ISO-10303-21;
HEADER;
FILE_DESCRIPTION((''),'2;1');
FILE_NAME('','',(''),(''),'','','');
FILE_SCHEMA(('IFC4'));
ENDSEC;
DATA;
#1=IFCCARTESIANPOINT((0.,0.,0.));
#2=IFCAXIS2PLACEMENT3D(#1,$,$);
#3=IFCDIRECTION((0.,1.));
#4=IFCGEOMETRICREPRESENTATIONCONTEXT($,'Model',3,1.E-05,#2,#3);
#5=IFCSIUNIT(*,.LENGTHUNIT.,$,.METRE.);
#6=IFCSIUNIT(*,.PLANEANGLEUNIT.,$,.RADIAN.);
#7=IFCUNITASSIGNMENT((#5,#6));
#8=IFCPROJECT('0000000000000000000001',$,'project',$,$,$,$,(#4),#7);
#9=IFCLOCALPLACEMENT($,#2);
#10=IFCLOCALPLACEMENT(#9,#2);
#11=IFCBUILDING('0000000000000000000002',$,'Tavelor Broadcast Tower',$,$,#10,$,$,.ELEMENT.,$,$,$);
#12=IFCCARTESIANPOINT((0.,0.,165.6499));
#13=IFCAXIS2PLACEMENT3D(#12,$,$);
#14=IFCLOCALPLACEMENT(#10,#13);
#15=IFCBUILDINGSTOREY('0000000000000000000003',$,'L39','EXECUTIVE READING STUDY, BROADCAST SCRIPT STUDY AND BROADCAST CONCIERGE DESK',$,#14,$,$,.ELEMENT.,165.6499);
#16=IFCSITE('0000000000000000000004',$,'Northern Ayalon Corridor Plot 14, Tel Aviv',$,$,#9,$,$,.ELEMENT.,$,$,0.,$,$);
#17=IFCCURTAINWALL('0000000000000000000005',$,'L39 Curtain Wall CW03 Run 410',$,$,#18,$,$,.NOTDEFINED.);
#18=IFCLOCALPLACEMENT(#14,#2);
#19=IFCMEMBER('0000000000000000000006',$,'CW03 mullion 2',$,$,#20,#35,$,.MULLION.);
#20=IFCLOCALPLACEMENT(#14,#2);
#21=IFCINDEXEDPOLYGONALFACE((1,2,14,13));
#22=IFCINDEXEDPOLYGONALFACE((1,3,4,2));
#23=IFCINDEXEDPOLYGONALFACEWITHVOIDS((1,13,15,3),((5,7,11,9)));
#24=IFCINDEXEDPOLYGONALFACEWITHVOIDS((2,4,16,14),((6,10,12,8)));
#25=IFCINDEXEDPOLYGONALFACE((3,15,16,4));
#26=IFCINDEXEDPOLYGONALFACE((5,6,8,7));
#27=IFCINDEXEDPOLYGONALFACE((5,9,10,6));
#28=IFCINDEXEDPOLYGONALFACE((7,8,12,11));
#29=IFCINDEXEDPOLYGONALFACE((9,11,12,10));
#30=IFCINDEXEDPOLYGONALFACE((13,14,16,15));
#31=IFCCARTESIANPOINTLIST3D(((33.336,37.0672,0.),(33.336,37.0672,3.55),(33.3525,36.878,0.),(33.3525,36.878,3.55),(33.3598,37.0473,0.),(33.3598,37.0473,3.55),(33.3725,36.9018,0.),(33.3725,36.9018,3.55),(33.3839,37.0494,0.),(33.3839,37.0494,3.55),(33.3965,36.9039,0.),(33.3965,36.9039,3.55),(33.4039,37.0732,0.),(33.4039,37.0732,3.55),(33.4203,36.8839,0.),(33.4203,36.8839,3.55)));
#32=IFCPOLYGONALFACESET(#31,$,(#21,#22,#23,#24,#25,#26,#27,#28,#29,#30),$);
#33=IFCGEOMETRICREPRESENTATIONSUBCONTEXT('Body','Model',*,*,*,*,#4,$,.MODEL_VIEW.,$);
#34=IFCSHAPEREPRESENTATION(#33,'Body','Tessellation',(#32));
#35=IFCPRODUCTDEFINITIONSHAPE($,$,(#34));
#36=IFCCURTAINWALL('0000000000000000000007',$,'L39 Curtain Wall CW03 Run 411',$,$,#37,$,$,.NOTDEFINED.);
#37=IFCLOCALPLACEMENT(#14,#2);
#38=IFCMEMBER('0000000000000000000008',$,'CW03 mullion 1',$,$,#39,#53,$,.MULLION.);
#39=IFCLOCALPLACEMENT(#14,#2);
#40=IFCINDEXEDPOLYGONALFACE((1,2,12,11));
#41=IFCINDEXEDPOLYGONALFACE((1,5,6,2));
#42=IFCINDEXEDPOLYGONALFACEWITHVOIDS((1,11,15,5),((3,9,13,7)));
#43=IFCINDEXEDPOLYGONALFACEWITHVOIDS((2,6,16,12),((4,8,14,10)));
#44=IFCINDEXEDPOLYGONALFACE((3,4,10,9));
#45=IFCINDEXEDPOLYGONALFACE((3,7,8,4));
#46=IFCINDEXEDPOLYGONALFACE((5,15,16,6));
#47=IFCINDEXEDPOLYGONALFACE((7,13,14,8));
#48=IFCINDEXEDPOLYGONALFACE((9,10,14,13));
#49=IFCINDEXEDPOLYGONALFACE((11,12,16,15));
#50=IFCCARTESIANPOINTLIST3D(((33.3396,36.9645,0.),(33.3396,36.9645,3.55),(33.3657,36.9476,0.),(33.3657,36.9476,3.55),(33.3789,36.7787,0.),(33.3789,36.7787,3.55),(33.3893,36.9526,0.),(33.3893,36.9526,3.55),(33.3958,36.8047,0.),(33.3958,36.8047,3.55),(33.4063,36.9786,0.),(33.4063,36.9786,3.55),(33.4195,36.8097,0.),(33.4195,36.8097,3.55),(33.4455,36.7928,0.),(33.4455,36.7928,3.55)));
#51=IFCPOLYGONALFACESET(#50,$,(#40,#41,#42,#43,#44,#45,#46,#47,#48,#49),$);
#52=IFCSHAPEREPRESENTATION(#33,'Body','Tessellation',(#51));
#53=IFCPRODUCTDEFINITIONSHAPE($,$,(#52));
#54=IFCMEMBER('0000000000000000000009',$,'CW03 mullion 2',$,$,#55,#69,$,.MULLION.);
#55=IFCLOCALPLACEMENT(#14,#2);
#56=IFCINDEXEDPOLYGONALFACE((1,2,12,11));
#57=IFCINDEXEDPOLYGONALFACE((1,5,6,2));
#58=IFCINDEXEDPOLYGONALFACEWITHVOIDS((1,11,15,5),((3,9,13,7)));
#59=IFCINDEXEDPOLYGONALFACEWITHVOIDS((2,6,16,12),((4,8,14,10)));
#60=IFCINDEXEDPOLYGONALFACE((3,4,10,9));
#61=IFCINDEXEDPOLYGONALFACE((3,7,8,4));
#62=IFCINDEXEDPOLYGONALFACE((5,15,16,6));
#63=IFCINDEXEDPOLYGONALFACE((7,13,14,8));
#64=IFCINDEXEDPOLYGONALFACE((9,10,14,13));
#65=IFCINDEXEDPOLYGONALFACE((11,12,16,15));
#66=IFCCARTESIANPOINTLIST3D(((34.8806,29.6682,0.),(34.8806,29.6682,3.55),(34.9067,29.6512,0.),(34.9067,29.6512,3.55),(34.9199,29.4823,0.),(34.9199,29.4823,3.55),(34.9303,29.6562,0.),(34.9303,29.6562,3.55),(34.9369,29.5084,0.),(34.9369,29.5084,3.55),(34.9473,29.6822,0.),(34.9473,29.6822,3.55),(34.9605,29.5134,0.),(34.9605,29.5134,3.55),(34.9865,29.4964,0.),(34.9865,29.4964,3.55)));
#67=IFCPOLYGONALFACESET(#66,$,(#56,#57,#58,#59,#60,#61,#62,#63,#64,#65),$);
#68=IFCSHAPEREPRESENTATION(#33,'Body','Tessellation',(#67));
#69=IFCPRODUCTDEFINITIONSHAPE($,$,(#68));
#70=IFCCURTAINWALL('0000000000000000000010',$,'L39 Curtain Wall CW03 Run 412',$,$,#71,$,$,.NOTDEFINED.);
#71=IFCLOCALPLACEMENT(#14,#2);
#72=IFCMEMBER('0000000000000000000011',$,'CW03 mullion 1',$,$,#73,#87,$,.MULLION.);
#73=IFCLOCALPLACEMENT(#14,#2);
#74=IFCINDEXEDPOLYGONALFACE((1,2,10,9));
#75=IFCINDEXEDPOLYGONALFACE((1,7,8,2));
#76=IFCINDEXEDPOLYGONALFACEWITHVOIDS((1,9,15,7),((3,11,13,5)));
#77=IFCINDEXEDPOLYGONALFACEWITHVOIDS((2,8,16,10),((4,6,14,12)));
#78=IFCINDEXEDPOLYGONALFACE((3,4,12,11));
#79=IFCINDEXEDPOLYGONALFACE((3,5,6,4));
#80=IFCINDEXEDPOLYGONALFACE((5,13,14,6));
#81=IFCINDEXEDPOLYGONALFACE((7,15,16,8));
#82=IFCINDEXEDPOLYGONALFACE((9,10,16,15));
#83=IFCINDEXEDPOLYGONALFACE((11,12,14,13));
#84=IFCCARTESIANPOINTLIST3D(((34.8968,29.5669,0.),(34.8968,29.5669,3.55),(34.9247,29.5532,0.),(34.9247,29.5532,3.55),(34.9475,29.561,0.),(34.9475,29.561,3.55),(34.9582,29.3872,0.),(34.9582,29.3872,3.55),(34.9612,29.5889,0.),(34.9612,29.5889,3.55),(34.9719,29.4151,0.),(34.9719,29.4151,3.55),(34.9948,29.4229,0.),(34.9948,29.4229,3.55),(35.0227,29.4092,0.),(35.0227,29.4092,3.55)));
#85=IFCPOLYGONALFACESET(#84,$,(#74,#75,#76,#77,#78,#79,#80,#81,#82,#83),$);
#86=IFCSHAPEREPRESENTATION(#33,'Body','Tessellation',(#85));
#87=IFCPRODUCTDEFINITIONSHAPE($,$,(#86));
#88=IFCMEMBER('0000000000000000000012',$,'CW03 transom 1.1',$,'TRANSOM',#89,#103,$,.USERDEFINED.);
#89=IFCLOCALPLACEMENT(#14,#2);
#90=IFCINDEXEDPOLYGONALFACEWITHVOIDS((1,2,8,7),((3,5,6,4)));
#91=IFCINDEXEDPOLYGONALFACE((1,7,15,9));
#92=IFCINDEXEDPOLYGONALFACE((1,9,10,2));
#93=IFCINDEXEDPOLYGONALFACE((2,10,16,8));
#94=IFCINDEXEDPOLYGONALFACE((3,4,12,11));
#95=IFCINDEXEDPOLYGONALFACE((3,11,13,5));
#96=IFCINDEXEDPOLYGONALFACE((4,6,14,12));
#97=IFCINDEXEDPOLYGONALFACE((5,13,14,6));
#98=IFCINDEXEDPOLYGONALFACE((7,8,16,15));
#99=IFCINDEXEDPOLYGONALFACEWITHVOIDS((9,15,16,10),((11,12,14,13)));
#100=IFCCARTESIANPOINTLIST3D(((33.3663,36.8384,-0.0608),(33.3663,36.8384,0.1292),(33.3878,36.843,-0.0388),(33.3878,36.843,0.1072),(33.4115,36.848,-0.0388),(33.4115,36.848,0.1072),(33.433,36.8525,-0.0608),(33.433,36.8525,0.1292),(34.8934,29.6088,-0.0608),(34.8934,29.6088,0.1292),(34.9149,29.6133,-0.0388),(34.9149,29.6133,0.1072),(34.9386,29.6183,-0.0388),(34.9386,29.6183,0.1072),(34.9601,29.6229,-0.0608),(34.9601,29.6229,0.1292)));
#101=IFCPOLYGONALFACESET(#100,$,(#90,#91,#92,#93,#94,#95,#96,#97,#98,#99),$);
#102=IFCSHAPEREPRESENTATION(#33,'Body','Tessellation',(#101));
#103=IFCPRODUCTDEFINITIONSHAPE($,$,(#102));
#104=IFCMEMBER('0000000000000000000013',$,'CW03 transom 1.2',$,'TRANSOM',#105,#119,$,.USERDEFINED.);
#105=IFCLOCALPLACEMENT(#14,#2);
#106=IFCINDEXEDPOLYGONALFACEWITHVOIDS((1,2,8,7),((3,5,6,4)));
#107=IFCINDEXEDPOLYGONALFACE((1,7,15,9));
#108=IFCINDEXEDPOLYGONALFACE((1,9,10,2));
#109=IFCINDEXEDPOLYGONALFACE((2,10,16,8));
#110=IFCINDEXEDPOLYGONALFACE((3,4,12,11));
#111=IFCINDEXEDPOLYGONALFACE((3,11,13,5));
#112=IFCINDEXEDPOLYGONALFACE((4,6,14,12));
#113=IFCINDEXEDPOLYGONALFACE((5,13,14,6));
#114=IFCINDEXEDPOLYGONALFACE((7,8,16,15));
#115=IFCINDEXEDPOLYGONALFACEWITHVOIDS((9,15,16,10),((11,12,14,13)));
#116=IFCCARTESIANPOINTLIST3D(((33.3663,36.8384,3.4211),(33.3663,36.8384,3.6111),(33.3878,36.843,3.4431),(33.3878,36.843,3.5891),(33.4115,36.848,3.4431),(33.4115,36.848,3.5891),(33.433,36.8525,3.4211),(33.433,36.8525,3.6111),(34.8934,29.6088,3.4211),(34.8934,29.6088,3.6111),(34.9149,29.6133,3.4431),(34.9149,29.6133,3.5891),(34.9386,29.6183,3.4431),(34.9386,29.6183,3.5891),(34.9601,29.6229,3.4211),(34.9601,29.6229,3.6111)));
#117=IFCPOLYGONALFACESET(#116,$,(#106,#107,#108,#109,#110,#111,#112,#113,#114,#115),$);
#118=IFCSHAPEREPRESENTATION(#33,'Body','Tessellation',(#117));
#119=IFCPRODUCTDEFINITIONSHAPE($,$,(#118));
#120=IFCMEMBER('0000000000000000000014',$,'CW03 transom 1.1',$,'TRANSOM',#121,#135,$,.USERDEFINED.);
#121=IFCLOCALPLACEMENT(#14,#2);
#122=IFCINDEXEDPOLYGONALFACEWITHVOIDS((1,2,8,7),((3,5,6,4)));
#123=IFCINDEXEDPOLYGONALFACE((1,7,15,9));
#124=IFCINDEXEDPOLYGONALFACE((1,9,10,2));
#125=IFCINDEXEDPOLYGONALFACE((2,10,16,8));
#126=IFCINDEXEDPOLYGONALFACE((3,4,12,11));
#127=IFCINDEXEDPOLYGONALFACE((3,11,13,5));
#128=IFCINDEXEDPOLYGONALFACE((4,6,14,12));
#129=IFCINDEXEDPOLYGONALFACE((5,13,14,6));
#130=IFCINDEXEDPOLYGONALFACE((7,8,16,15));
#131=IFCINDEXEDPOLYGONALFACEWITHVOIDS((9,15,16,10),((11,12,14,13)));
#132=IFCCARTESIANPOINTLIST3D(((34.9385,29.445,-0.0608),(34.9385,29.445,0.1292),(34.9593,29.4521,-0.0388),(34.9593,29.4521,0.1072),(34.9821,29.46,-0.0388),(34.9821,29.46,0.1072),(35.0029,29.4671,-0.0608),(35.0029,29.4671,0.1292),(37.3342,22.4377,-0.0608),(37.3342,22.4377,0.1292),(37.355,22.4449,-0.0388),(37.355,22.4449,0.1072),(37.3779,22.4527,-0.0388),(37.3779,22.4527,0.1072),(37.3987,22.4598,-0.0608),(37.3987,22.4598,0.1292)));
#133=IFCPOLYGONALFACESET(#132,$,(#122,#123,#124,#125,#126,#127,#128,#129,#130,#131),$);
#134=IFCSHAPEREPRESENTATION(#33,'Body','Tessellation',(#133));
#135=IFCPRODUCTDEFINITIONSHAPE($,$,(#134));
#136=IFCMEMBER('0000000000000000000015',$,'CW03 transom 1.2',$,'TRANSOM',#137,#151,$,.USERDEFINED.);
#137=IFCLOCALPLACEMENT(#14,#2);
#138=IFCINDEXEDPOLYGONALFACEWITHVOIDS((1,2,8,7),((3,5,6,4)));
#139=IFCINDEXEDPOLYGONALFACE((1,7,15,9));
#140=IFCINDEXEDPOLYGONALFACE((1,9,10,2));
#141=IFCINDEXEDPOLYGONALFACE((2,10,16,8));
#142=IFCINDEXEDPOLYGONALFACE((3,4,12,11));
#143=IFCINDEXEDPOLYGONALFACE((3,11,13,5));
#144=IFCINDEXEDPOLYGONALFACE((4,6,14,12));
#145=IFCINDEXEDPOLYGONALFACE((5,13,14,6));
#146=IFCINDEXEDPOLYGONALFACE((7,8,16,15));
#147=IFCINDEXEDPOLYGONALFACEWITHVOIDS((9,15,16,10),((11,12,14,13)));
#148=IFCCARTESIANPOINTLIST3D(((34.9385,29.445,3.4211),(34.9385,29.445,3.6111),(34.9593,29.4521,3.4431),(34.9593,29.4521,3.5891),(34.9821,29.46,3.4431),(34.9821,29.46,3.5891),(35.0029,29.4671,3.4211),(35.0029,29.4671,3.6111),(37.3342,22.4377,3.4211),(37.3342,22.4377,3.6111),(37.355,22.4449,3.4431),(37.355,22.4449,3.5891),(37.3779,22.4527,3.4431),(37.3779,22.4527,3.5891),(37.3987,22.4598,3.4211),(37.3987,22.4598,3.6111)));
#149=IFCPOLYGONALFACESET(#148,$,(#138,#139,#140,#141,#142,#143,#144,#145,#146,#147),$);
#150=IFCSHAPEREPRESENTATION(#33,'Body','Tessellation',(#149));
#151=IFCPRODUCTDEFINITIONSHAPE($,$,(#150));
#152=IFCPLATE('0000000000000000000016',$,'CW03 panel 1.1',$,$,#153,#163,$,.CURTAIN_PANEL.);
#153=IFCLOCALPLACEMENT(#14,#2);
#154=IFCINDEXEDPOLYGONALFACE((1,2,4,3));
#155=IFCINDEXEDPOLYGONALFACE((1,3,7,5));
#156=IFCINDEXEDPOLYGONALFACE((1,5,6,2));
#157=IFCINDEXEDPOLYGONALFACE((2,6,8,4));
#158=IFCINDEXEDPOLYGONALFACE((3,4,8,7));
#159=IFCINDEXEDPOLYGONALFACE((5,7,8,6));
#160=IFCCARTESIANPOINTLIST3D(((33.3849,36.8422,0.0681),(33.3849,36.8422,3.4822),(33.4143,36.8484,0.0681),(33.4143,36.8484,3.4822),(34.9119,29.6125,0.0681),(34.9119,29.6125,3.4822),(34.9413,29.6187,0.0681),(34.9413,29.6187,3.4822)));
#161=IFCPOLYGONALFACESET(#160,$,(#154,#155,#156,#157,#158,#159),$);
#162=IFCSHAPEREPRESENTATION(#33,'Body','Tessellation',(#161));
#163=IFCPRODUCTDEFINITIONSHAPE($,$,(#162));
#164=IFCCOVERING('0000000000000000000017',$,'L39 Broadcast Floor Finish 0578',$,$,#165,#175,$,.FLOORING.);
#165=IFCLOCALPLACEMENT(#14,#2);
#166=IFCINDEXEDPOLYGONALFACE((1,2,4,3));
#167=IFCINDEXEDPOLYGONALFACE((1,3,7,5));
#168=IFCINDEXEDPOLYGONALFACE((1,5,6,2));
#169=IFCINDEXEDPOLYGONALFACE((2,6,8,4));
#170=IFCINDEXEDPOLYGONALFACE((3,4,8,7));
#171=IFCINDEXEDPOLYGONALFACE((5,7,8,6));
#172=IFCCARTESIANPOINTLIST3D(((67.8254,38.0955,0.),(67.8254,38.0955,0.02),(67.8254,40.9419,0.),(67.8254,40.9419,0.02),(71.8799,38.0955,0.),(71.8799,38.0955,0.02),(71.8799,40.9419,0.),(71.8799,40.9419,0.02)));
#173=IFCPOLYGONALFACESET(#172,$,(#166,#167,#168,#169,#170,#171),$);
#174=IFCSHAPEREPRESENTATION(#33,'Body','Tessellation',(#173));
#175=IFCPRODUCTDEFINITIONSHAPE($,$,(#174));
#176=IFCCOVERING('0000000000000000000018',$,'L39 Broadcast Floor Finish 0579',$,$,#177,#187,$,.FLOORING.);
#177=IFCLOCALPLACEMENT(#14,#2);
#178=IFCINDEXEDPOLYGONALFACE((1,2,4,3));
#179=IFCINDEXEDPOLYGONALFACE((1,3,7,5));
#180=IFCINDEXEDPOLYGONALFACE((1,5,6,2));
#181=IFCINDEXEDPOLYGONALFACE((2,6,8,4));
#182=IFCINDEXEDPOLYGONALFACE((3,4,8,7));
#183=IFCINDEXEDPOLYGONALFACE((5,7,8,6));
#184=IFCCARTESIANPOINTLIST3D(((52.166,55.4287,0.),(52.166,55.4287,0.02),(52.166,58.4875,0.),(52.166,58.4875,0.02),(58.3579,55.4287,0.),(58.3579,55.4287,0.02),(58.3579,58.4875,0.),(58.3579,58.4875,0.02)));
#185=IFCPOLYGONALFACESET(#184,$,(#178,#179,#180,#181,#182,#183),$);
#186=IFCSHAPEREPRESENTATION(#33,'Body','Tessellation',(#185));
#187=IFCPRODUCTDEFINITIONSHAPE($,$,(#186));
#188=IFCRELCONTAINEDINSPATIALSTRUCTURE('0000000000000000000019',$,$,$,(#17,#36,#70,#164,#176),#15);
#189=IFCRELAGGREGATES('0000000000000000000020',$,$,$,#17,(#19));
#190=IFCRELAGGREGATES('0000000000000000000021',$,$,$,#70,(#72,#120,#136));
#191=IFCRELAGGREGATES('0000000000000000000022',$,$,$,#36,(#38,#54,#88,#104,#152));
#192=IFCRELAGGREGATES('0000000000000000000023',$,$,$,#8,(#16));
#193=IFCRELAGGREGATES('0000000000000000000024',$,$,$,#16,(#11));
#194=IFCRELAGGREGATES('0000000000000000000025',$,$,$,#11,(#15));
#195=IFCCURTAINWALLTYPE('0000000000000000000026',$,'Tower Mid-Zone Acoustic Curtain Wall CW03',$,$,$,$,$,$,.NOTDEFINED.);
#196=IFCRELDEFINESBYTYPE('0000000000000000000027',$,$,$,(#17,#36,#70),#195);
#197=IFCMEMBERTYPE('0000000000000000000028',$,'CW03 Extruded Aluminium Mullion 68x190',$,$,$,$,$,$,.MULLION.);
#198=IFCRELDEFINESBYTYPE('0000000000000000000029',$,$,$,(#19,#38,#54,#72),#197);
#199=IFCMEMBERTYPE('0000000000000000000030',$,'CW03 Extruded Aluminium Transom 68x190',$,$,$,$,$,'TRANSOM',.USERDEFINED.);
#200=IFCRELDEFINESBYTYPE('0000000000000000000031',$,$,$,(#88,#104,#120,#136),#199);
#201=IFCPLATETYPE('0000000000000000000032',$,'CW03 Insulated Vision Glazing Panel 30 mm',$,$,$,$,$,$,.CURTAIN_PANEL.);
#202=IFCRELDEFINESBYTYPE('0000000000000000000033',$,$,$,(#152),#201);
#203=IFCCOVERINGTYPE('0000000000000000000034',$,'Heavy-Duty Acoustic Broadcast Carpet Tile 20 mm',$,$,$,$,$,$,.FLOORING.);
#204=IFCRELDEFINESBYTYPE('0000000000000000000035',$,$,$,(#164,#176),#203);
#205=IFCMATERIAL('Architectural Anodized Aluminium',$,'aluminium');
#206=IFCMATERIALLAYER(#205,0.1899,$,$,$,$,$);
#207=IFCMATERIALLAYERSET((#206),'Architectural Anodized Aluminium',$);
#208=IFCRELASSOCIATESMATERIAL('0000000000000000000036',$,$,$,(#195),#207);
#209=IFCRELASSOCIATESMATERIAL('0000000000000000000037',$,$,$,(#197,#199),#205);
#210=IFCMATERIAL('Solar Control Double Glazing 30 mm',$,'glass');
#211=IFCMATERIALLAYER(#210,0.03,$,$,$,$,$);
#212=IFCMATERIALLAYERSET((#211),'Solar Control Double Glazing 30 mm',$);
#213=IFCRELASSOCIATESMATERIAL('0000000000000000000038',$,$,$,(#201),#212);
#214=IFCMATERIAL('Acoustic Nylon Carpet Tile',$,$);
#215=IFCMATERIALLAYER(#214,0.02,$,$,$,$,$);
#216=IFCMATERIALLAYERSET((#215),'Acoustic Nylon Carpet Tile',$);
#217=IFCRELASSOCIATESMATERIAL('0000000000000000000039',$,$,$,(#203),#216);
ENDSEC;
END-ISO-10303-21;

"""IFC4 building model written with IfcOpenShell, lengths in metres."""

from ifc_helpers import new_model, si_unit, direction, frame, origin, origin_2d, place, context, subcontext, project, spatial, polyline, rectangle, hollow_rectangle, outline, extrude, source, transform, mapped, material, layer, layer_set, material_profile, profile_set, type_object, type_shapes, element, aggregate, save


model = new_model("IFC4")

# Units and contexts
model_context = context("Model", 3, precision=1e-05, world=origin(), true_north=direction((0.0, 1.0)))
body_context = subcontext(model_context, "Body", "Model", "MODEL_VIEW")
ifc_project = project(units=[si_unit("LENGTHUNIT", "METRE"), si_unit("PLANEANGLEUNIT", "RADIAN")], contexts=[model_context])

# Site, building, storey
site_placement = place(None, origin())
site = spatial("IfcSite", under=ifc_project, at=site_placement, Name="Northern Ayalon Corridor Plot 14, Tel Aviv", CompositionType="ELEMENT", RefElevation=0.0)
building_placement = place(site_placement, origin())
building = spatial("IfcBuilding", under=site, at=building_placement, Name="Tavelor Broadcast Tower", CompositionType="ELEMENT")
storey_placement = place(building_placement, frame((0.0, 0.0, 165.6499)))
storey = spatial("IfcBuildingStorey", under=building, at=storey_placement, Name="L39", Description="EXECUTIVE READING STUDY, BROADCAST SCRIPT STUDY AND BROADCAST CONCIERGE DESK", CompositionType="ELEMENT", Elevation=165.6499)

# Curtain wall, member
ifc_material_1 = material(Name="Architectural Anodized Aluminium", Category="aluminium")
ifc_layer_1 = layer(ifc_material_1, 0.1899)
ifc_layer_set_1 = layer_set([ifc_layer_1], Name="Architectural Anodized Aluminium")
curtain_wall_type = type_object("IfcCurtainWallType", Name="Tower Mid-Zone Acoustic Curtain Wall CW03", PredefinedType="NOTDEFINED", material=ifc_layer_set_1)
curtain_wall_1_placement = place(storey_placement, origin())
curtain_wall_1 = element("IfcCurtainWall", 1, at=curtain_wall_1_placement, inside=storey, type_object=curtain_wall_type, Name="L39 Curtain Wall CW03 Run 410", PredefinedType="NOTDEFINED")
ifc_material_profile_1 = material_profile(ifc_material_1, hollow_rectangle(XDim=0.0681, YDim=0.1899, WallThickness=0.022, at=origin_2d()), Name="RHS 68x190x22")
ifc_profile_set_1 = profile_set([ifc_material_profile_1], Name="Architectural Anodized Aluminium")
member_type_1 = type_object("IfcMemberType", Name="CW03 Extruded Aluminium Mullion 68x190", PredefinedType="MULLION", material=ifc_profile_set_1)
shared_shape_1 = source(origin(), body_context, "Body", "SweptSolid", [
    extrude(hollow_rectangle(XDim=0.0681, YDim=0.1899, WallThickness=0.022, at=origin_2d()), origin(), (0.0, 0.0, 1.0), 3.55),
])
type_shapes(member_type_1, [shared_shape_1])
member_1_placement = place(storey_placement, frame((33.3782, 36.9756, 0.0), z_axis=(0.0, 0.0, 1.0), x_axis=(0.996233, 0.086721, 0.0)))
member_1 = element("IfcMember", 2, at=member_1_placement, type_object=member_type_1, Name="CW03 mullion 2", PredefinedType="MULLION", context=body_context, shape_type="MappedRepresentation", body=[
    mapped(shared_shape_1, transform((0.0, 0.0, 0.0), scale=1.0)),
])
aggregate(curtain_wall_1, [member_1])

# Curtain wall, members
curtain_wall_2_placement = place(storey_placement, origin())
curtain_wall_2 = element("IfcCurtainWall", 3, at=curtain_wall_2_placement, inside=storey, type_object=curtain_wall_type, Name="L39 Curtain Wall CW03 Run 411", PredefinedType="NOTDEFINED")
member_2_placement = place(storey_placement, frame((33.3926, 36.8787, 0.0), z_axis=(0.0, 0.0, 1.0), x_axis=(0.978415, 0.206651, 0.0)))
member_2 = element("IfcMember", 4, at=member_2_placement, type_object=member_type_1, Name="CW03 mullion 1", PredefinedType="MULLION", context=body_context, shape_type="MappedRepresentation", body=[
    mapped(shared_shape_1, transform((0.0, 0.0, 0.0), scale=1.0)),
])
member_3_placement = place(storey_placement, frame((34.9336, 29.5823, 0.0), z_axis=(0.0, 0.0, 1.0), x_axis=(0.978415, 0.206651, 0.0)))
member_3 = element("IfcMember", 5, at=member_3_placement, type_object=member_type_1, Name="CW03 mullion 2", PredefinedType="MULLION", context=body_context, shape_type="MappedRepresentation", body=[
    mapped(shared_shape_1, transform((0.0, 0.0, 0.0), scale=1.0)),
])

# Curtain wall, member
curtain_wall_3_placement = place(storey_placement, origin())
curtain_wall_3 = element("IfcCurtainWall", 6, at=curtain_wall_3_placement, inside=storey, type_object=curtain_wall_type, Name="L39 Curtain Wall CW03 Run 412", PredefinedType="NOTDEFINED")
member_4_placement = place(storey_placement, frame((34.9597, 29.488, 0.0), z_axis=(0.0, 0.0, 1.0), x_axis=(0.946225, 0.32351, 0.0)))
member_4 = element("IfcMember", 7, at=member_4_placement, type_object=member_type_1, Name="CW03 mullion 1", PredefinedType="MULLION", context=body_context, shape_type="MappedRepresentation", body=[
    mapped(shared_shape_1, transform((0.0, 0.0, 0.0), scale=1.0)),
])

# Members
ifc_material_profile_2 = material_profile(ifc_material_1, hollow_rectangle(XDim=0.0681, YDim=0.1899, WallThickness=0.022, at=origin_2d()), Name="RHS 68x190x22")
ifc_profile_set_2 = profile_set([ifc_material_profile_2], Name="Architectural Anodized Aluminium")
member_type_2 = type_object("IfcMemberType", Name="CW03 Extruded Aluminium Transom 68x190", ElementType="TRANSOM", PredefinedType="USERDEFINED", material=ifc_profile_set_2)
shared_shape_2 = source(origin(), body_context, "Body", "SweptSolid", [
    extrude(hollow_rectangle(XDim=0.0681, YDim=0.1899, WallThickness=0.022, at=origin_2d()), origin(), (0.0, 0.0, 1.0), 7.3892),
])
member_5_placement = place(storey_placement, frame((33.3997, 36.8455, 0.0342), z_axis=(0.206665, -0.978412, 0.0), x_axis=(0.978412, 0.206665, 0.0)))
member_5 = element("IfcMember", 8, at=member_5_placement, type_object=member_type_2, Name="CW03 transom 1.1", ObjectType="TRANSOM", PredefinedType="USERDEFINED", context=body_context, shape_type="MappedRepresentation", body=[
    mapped(shared_shape_2, transform((0.0, 0.0, 0.0), scale=1.0)),
])
member_6_placement = place(storey_placement, frame((33.3997, 36.8455, 3.5161), z_axis=(0.206665, -0.978412, 0.0), x_axis=(0.978412, 0.206665, 0.0)))
member_6 = element("IfcMember", 9, at=member_6_placement, type_object=member_type_2, Name="CW03 transom 1.2", ObjectType="TRANSOM", PredefinedType="USERDEFINED", context=body_context, shape_type="MappedRepresentation", body=[
    mapped(shared_shape_2, transform((0.0, 0.0, 0.0), scale=1.0)),
])
shared_shape_3 = source(origin(), body_context, "Body", "SweptSolid", [
    extrude(hollow_rectangle(XDim=0.0681, YDim=0.1899, WallThickness=0.022, at=origin_2d()), origin(), (0.0, 0.0, 1.0), 7.4055),
])
type_shapes(member_type_2, [shared_shape_2, shared_shape_3])
member_7_placement = place(storey_placement, frame((34.9707, 29.4561, 0.0342), z_axis=(0.323507, -0.946226, 0.0), x_axis=(0.946226, 0.323507, 0.0)))
member_7 = element("IfcMember", 10, at=member_7_placement, type_object=member_type_2, Name="CW03 transom 1.1", ObjectType="TRANSOM", PredefinedType="USERDEFINED", context=body_context, shape_type="MappedRepresentation", body=[
    mapped(shared_shape_3, transform((0.0, 0.0, 0.0), scale=1.0)),
])
member_8_placement = place(storey_placement, frame((34.9707, 29.4561, 3.5161), z_axis=(0.323507, -0.946226, 0.0), x_axis=(0.946226, 0.323507, 0.0)))
member_8 = element("IfcMember", 11, at=member_8_placement, type_object=member_type_2, Name="CW03 transom 1.2", ObjectType="TRANSOM", PredefinedType="USERDEFINED", context=body_context, shape_type="MappedRepresentation", body=[
    mapped(shared_shape_3, transform((0.0, 0.0, 0.0), scale=1.0)),
])
aggregate(curtain_wall_3, [member_4, member_7, member_8])

# Plate
ifc_material_2 = material(Name="Solar Control Double Glazing 30 mm", Category="glass")
ifc_layer_2 = layer(ifc_material_2, 0.03)
ifc_layer_set_2 = layer_set([ifc_layer_2], Name="Solar Control Double Glazing 30 mm")
plate_type = type_object("IfcPlateType", Name="CW03 Insulated Vision Glazing Panel 30 mm", PredefinedType="CURTAIN_PANEL", material=ifc_layer_set_2)
shared_shape_4 = source(origin(), body_context, "Body", "SweptSolid", [
    extrude(rectangle(XDim=7.3892, YDim=0.03, at=origin_2d()), origin(), (0.0, 0.0, 1.0), 3.4141),
])
type_shapes(plate_type, [shared_shape_4])
plate_placement = place(storey_placement, frame((34.1631, 33.2305, 0.0681), z_axis=(0.0, 0.0, 1.0), x_axis=(0.206651, -0.978415, 0.0)))
plate = element("IfcPlate", 12, at=plate_placement, type_object=plate_type, Name="CW03 panel 1.1", PredefinedType="CURTAIN_PANEL", context=body_context, shape_type="MappedRepresentation", body=[
    mapped(shared_shape_4, transform((0.0, 0.0, 0.0), scale=1.0)),
])
aggregate(curtain_wall_2, [member_2, member_3, member_5, member_6, plate])

# Coverings
ifc_material_3 = material(Name="Acoustic Nylon Carpet Tile")
ifc_layer_3 = layer(ifc_material_3, 0.02)
ifc_layer_set_3 = layer_set([ifc_layer_3], Name="Acoustic Nylon Carpet Tile")
covering_type_1 = type_object("IfcCoveringType", Name="Heavy-Duty Acoustic Broadcast Carpet Tile 20 mm", PredefinedType="FLOORING", material=ifc_layer_set_3)
covering_1_placement = place(storey_placement, origin())
element("IfcCovering", 13, at=covering_1_placement, inside=storey, type_object=covering_type_1, Name="L39 Broadcast Floor Finish 0578", PredefinedType="FLOORING", context=body_context, shape_type="SweptSolid", body=[
    extrude(outline(polyline([(67.8254, 38.0955), (71.8799, 38.0955), (71.8799, 40.9419), (67.8254, 40.9419), (67.8254, 38.0955)])), origin(), (0.0, 0.0, 1.0), 0.02),
])
covering_2_placement = place(storey_placement, origin())
element("IfcCovering", 14, at=covering_2_placement, inside=storey, type_object=covering_type_1, Name="L39 Broadcast Floor Finish 0579", PredefinedType="FLOORING", context=body_context, shape_type="SweptSolid", body=[
    extrude(outline(polyline([(52.166, 55.4287), (58.3579, 55.4287), (58.3579, 58.4875), (52.166, 58.4875), (52.166, 55.4287)])), origin(), (0.0, 0.0, 1.0), 0.02),
])

save(model, "model.ifc")
